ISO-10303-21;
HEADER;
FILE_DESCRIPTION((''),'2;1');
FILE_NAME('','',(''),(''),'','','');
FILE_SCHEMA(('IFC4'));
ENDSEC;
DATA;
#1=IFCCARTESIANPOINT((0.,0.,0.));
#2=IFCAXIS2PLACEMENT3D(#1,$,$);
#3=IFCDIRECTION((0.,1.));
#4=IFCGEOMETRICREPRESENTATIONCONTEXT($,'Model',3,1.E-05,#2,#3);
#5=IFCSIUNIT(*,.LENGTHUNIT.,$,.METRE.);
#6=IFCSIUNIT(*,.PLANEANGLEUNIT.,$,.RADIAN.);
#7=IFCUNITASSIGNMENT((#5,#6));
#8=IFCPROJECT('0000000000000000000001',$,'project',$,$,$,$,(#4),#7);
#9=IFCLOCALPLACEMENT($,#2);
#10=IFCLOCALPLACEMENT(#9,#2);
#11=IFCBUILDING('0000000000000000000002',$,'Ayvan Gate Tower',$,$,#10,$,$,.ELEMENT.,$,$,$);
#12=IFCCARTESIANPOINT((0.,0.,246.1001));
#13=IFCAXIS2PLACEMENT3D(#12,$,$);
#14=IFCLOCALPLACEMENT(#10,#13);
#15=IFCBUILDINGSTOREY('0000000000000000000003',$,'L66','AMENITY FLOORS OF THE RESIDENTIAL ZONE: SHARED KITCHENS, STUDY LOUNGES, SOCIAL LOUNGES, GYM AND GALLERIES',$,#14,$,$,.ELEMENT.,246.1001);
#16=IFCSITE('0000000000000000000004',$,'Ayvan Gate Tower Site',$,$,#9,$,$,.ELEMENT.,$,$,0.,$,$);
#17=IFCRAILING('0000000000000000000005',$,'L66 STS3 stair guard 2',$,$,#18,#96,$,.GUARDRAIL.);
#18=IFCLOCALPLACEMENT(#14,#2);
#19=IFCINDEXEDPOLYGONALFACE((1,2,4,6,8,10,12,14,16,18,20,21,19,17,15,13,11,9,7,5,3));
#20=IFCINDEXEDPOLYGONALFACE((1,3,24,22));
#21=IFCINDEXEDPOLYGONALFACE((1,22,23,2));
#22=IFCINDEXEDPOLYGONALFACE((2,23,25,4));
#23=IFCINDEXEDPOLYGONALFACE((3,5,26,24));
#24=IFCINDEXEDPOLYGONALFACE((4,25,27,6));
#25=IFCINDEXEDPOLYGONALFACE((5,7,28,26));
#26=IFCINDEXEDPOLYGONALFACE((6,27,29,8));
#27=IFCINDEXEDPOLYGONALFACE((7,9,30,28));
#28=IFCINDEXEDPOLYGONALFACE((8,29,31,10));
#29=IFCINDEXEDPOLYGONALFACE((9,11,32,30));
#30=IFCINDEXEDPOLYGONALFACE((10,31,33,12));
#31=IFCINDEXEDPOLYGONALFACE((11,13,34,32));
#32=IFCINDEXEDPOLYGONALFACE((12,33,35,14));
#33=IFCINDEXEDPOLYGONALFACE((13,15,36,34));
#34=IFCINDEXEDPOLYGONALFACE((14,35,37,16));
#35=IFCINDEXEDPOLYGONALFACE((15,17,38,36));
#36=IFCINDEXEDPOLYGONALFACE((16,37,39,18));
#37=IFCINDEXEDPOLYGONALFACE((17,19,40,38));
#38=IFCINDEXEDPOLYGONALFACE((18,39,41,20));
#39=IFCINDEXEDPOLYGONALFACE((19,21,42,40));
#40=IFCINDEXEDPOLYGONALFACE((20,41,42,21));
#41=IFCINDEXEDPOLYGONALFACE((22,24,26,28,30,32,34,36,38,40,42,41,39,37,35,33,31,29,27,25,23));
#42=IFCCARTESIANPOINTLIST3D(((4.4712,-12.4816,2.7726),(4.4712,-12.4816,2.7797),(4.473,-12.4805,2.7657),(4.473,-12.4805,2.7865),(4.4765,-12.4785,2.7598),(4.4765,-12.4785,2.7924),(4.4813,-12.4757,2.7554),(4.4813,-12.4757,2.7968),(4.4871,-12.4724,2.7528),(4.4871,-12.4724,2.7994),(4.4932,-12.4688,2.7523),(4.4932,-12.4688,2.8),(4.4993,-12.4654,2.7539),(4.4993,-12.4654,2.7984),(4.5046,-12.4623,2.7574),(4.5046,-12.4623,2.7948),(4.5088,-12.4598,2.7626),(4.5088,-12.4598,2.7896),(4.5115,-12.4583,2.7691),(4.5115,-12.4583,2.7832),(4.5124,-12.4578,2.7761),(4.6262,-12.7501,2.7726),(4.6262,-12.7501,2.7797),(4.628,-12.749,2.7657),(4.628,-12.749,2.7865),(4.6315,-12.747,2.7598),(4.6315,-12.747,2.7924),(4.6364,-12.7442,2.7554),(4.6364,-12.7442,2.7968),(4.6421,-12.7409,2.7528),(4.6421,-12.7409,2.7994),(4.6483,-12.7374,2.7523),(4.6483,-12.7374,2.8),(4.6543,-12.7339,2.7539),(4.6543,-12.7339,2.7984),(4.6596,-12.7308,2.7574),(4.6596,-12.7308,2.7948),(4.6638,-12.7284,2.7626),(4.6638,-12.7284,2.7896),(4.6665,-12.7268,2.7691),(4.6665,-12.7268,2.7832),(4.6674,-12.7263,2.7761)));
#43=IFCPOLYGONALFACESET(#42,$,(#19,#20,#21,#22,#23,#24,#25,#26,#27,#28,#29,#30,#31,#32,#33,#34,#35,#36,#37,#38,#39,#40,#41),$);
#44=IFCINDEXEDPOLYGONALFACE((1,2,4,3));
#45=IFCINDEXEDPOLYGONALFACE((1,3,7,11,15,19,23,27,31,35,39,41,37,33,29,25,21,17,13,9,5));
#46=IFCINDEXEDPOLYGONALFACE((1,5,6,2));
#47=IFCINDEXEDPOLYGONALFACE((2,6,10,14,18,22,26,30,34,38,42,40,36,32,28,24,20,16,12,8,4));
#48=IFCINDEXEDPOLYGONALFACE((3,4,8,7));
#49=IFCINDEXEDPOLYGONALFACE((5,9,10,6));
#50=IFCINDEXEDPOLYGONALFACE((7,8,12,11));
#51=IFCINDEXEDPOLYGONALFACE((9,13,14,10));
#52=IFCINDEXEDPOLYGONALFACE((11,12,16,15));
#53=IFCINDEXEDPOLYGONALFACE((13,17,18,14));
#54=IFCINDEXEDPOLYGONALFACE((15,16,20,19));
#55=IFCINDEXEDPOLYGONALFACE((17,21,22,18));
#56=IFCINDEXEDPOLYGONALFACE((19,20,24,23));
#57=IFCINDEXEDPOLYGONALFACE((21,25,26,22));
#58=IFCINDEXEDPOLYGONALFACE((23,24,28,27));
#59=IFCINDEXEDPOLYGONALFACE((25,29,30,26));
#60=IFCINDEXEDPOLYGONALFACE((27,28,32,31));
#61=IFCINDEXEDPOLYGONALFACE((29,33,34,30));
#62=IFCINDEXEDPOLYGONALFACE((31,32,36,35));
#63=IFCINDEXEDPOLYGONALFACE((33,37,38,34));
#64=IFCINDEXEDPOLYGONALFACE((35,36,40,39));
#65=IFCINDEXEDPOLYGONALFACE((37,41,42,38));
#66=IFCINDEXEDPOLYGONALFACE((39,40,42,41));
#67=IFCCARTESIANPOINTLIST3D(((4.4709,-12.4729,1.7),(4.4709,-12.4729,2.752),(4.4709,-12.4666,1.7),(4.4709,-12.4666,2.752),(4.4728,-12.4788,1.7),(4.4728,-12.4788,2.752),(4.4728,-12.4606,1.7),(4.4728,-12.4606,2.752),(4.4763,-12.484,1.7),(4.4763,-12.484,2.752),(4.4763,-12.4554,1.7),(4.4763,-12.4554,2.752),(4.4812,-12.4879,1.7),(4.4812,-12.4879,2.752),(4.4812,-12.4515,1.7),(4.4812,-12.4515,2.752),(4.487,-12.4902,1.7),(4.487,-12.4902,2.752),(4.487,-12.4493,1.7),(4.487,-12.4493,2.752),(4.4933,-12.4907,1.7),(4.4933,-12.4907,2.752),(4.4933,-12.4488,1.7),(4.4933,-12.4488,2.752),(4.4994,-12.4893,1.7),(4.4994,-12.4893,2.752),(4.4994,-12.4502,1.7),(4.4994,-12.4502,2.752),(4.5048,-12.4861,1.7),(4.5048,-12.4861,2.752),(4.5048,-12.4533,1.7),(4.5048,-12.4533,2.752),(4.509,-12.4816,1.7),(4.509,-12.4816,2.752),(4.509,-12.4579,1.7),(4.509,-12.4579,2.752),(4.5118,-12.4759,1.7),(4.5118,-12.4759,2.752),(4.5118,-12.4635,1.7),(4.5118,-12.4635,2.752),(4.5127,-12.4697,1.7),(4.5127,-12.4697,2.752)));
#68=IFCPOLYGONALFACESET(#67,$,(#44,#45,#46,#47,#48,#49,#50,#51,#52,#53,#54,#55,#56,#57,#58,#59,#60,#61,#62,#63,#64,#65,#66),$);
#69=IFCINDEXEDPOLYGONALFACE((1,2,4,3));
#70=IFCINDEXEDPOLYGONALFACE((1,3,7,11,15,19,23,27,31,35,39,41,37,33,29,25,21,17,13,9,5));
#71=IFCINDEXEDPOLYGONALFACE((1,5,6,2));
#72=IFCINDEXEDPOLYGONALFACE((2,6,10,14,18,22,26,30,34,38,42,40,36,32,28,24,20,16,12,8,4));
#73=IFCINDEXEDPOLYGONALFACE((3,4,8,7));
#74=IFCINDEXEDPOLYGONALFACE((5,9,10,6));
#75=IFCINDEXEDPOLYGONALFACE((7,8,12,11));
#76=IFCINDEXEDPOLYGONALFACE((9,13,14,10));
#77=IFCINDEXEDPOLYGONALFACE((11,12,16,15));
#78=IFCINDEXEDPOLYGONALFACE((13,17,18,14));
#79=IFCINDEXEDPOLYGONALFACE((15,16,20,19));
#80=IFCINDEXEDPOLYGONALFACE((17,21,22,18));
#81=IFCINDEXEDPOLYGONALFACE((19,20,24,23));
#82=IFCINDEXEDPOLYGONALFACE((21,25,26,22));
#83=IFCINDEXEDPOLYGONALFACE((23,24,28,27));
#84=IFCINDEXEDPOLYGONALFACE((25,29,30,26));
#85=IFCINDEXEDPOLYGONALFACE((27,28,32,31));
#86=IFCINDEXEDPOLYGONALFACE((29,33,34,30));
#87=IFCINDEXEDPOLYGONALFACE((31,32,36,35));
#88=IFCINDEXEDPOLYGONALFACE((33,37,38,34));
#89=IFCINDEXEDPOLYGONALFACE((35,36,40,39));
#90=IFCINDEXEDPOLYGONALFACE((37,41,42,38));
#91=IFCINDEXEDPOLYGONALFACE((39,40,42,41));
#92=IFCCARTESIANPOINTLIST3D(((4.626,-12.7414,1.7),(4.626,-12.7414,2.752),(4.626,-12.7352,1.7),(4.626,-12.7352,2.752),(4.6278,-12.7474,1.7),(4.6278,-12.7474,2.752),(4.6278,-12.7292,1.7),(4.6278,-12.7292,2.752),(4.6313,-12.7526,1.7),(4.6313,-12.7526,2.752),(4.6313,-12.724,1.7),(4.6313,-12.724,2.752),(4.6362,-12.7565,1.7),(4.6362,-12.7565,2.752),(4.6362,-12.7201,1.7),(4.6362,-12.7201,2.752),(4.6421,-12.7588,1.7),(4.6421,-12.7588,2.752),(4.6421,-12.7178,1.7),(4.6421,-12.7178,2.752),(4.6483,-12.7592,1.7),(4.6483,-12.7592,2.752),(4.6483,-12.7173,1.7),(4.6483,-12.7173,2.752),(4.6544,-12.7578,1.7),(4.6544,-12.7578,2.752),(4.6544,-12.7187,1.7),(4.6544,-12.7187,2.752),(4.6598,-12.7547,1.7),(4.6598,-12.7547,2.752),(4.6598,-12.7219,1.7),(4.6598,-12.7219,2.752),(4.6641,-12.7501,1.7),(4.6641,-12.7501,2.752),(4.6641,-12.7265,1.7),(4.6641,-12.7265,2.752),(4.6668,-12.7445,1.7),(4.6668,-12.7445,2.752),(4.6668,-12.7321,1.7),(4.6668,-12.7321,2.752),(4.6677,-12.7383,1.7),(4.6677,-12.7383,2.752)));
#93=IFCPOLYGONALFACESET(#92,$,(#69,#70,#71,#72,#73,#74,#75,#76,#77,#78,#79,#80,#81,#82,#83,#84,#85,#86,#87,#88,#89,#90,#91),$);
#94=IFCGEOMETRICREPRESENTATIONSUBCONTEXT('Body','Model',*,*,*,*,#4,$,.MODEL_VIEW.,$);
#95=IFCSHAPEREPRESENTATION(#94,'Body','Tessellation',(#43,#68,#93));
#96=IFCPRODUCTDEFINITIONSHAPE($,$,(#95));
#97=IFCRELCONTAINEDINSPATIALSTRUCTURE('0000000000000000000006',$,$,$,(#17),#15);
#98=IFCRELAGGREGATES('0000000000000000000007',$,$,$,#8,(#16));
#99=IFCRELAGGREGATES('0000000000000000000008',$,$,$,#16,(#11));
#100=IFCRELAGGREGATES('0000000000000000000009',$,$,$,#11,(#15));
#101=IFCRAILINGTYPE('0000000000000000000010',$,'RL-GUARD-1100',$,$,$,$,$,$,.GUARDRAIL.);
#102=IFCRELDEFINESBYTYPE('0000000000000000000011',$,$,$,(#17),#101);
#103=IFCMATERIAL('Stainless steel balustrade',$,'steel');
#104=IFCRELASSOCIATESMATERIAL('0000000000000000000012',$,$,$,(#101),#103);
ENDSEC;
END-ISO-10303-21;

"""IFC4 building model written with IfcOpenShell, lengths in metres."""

from ifc_helpers import new_model, si_unit, direction, frame, origin, origin_2d, place, context, subcontext, project, spatial, circle, extrude, material, type_object, element, save


model = new_model("IFC4")

# Units and contexts
model_context = context("Model", 3, precision=1e-05, world=origin(), true_north=direction((0.0, 1.0)))
body_context = subcontext(model_context, "Body", "Model", "MODEL_VIEW")
ifc_project = project(units=[si_unit("LENGTHUNIT", "METRE"), si_unit("PLANEANGLEUNIT", "RADIAN")], contexts=[model_context])

# Site, building, storey
site_placement = place(None, origin())
site = spatial("IfcSite", under=ifc_project, at=site_placement, Name="Ayvan Gate Tower Site", CompositionType="ELEMENT", RefElevation=0.0)
building_placement = place(site_placement, origin())
building = spatial("IfcBuilding", under=site, at=building_placement, Name="Ayvan Gate Tower", CompositionType="ELEMENT")
storey_placement = place(building_placement, frame((0.0, 0.0, 246.1001)))
storey = spatial("IfcBuildingStorey", under=building, at=storey_placement, Name="L66", Description="AMENITY FLOORS OF THE RESIDENTIAL ZONE: SHARED KITCHENS, STUDY LOUNGES, SOCIAL LOUNGES, GYM AND GALLERIES", CompositionType="ELEMENT", Elevation=246.1001)

# Railing
ifc_material_1 = material(Name="Stainless steel balustrade", Category="steel")
railing_type_1 = type_object("IfcRailingType", Name="RL-GUARD-1100", PredefinedType="GUARDRAIL", material=ifc_material_1)
railing_1_placement = place(storey_placement, frame((4.4917, -12.4697, 1.7)))
element("IfcRailing", 1, at=railing_1_placement, inside=storey, type_object=railing_type_1, Name="L66 STS3 stair guard 2", PredefinedType="GUARDRAIL", context=body_context, shape_type="SweptSolid", body=[
    extrude(circle(Radius=0.0239, at=origin_2d()), frame((0.0, 0.0, 1.0762), z_axis=(0.49995, -0.866054, 0.0), x_axis=(0.866054, 0.49995, 0.0)), (0.0, 0.0, 1.0), 0.3101),
    extrude(circle(Radius=0.021, at=origin_2d()), origin(), (0.0, 0.0, 1.0), 1.052),
    extrude(circle(Radius=0.021, at=origin_2d()), frame((0.155, -0.2686, 0.0)), (0.0, 0.0, 1.0), 1.052),
])

save(model, "model.ifc")
